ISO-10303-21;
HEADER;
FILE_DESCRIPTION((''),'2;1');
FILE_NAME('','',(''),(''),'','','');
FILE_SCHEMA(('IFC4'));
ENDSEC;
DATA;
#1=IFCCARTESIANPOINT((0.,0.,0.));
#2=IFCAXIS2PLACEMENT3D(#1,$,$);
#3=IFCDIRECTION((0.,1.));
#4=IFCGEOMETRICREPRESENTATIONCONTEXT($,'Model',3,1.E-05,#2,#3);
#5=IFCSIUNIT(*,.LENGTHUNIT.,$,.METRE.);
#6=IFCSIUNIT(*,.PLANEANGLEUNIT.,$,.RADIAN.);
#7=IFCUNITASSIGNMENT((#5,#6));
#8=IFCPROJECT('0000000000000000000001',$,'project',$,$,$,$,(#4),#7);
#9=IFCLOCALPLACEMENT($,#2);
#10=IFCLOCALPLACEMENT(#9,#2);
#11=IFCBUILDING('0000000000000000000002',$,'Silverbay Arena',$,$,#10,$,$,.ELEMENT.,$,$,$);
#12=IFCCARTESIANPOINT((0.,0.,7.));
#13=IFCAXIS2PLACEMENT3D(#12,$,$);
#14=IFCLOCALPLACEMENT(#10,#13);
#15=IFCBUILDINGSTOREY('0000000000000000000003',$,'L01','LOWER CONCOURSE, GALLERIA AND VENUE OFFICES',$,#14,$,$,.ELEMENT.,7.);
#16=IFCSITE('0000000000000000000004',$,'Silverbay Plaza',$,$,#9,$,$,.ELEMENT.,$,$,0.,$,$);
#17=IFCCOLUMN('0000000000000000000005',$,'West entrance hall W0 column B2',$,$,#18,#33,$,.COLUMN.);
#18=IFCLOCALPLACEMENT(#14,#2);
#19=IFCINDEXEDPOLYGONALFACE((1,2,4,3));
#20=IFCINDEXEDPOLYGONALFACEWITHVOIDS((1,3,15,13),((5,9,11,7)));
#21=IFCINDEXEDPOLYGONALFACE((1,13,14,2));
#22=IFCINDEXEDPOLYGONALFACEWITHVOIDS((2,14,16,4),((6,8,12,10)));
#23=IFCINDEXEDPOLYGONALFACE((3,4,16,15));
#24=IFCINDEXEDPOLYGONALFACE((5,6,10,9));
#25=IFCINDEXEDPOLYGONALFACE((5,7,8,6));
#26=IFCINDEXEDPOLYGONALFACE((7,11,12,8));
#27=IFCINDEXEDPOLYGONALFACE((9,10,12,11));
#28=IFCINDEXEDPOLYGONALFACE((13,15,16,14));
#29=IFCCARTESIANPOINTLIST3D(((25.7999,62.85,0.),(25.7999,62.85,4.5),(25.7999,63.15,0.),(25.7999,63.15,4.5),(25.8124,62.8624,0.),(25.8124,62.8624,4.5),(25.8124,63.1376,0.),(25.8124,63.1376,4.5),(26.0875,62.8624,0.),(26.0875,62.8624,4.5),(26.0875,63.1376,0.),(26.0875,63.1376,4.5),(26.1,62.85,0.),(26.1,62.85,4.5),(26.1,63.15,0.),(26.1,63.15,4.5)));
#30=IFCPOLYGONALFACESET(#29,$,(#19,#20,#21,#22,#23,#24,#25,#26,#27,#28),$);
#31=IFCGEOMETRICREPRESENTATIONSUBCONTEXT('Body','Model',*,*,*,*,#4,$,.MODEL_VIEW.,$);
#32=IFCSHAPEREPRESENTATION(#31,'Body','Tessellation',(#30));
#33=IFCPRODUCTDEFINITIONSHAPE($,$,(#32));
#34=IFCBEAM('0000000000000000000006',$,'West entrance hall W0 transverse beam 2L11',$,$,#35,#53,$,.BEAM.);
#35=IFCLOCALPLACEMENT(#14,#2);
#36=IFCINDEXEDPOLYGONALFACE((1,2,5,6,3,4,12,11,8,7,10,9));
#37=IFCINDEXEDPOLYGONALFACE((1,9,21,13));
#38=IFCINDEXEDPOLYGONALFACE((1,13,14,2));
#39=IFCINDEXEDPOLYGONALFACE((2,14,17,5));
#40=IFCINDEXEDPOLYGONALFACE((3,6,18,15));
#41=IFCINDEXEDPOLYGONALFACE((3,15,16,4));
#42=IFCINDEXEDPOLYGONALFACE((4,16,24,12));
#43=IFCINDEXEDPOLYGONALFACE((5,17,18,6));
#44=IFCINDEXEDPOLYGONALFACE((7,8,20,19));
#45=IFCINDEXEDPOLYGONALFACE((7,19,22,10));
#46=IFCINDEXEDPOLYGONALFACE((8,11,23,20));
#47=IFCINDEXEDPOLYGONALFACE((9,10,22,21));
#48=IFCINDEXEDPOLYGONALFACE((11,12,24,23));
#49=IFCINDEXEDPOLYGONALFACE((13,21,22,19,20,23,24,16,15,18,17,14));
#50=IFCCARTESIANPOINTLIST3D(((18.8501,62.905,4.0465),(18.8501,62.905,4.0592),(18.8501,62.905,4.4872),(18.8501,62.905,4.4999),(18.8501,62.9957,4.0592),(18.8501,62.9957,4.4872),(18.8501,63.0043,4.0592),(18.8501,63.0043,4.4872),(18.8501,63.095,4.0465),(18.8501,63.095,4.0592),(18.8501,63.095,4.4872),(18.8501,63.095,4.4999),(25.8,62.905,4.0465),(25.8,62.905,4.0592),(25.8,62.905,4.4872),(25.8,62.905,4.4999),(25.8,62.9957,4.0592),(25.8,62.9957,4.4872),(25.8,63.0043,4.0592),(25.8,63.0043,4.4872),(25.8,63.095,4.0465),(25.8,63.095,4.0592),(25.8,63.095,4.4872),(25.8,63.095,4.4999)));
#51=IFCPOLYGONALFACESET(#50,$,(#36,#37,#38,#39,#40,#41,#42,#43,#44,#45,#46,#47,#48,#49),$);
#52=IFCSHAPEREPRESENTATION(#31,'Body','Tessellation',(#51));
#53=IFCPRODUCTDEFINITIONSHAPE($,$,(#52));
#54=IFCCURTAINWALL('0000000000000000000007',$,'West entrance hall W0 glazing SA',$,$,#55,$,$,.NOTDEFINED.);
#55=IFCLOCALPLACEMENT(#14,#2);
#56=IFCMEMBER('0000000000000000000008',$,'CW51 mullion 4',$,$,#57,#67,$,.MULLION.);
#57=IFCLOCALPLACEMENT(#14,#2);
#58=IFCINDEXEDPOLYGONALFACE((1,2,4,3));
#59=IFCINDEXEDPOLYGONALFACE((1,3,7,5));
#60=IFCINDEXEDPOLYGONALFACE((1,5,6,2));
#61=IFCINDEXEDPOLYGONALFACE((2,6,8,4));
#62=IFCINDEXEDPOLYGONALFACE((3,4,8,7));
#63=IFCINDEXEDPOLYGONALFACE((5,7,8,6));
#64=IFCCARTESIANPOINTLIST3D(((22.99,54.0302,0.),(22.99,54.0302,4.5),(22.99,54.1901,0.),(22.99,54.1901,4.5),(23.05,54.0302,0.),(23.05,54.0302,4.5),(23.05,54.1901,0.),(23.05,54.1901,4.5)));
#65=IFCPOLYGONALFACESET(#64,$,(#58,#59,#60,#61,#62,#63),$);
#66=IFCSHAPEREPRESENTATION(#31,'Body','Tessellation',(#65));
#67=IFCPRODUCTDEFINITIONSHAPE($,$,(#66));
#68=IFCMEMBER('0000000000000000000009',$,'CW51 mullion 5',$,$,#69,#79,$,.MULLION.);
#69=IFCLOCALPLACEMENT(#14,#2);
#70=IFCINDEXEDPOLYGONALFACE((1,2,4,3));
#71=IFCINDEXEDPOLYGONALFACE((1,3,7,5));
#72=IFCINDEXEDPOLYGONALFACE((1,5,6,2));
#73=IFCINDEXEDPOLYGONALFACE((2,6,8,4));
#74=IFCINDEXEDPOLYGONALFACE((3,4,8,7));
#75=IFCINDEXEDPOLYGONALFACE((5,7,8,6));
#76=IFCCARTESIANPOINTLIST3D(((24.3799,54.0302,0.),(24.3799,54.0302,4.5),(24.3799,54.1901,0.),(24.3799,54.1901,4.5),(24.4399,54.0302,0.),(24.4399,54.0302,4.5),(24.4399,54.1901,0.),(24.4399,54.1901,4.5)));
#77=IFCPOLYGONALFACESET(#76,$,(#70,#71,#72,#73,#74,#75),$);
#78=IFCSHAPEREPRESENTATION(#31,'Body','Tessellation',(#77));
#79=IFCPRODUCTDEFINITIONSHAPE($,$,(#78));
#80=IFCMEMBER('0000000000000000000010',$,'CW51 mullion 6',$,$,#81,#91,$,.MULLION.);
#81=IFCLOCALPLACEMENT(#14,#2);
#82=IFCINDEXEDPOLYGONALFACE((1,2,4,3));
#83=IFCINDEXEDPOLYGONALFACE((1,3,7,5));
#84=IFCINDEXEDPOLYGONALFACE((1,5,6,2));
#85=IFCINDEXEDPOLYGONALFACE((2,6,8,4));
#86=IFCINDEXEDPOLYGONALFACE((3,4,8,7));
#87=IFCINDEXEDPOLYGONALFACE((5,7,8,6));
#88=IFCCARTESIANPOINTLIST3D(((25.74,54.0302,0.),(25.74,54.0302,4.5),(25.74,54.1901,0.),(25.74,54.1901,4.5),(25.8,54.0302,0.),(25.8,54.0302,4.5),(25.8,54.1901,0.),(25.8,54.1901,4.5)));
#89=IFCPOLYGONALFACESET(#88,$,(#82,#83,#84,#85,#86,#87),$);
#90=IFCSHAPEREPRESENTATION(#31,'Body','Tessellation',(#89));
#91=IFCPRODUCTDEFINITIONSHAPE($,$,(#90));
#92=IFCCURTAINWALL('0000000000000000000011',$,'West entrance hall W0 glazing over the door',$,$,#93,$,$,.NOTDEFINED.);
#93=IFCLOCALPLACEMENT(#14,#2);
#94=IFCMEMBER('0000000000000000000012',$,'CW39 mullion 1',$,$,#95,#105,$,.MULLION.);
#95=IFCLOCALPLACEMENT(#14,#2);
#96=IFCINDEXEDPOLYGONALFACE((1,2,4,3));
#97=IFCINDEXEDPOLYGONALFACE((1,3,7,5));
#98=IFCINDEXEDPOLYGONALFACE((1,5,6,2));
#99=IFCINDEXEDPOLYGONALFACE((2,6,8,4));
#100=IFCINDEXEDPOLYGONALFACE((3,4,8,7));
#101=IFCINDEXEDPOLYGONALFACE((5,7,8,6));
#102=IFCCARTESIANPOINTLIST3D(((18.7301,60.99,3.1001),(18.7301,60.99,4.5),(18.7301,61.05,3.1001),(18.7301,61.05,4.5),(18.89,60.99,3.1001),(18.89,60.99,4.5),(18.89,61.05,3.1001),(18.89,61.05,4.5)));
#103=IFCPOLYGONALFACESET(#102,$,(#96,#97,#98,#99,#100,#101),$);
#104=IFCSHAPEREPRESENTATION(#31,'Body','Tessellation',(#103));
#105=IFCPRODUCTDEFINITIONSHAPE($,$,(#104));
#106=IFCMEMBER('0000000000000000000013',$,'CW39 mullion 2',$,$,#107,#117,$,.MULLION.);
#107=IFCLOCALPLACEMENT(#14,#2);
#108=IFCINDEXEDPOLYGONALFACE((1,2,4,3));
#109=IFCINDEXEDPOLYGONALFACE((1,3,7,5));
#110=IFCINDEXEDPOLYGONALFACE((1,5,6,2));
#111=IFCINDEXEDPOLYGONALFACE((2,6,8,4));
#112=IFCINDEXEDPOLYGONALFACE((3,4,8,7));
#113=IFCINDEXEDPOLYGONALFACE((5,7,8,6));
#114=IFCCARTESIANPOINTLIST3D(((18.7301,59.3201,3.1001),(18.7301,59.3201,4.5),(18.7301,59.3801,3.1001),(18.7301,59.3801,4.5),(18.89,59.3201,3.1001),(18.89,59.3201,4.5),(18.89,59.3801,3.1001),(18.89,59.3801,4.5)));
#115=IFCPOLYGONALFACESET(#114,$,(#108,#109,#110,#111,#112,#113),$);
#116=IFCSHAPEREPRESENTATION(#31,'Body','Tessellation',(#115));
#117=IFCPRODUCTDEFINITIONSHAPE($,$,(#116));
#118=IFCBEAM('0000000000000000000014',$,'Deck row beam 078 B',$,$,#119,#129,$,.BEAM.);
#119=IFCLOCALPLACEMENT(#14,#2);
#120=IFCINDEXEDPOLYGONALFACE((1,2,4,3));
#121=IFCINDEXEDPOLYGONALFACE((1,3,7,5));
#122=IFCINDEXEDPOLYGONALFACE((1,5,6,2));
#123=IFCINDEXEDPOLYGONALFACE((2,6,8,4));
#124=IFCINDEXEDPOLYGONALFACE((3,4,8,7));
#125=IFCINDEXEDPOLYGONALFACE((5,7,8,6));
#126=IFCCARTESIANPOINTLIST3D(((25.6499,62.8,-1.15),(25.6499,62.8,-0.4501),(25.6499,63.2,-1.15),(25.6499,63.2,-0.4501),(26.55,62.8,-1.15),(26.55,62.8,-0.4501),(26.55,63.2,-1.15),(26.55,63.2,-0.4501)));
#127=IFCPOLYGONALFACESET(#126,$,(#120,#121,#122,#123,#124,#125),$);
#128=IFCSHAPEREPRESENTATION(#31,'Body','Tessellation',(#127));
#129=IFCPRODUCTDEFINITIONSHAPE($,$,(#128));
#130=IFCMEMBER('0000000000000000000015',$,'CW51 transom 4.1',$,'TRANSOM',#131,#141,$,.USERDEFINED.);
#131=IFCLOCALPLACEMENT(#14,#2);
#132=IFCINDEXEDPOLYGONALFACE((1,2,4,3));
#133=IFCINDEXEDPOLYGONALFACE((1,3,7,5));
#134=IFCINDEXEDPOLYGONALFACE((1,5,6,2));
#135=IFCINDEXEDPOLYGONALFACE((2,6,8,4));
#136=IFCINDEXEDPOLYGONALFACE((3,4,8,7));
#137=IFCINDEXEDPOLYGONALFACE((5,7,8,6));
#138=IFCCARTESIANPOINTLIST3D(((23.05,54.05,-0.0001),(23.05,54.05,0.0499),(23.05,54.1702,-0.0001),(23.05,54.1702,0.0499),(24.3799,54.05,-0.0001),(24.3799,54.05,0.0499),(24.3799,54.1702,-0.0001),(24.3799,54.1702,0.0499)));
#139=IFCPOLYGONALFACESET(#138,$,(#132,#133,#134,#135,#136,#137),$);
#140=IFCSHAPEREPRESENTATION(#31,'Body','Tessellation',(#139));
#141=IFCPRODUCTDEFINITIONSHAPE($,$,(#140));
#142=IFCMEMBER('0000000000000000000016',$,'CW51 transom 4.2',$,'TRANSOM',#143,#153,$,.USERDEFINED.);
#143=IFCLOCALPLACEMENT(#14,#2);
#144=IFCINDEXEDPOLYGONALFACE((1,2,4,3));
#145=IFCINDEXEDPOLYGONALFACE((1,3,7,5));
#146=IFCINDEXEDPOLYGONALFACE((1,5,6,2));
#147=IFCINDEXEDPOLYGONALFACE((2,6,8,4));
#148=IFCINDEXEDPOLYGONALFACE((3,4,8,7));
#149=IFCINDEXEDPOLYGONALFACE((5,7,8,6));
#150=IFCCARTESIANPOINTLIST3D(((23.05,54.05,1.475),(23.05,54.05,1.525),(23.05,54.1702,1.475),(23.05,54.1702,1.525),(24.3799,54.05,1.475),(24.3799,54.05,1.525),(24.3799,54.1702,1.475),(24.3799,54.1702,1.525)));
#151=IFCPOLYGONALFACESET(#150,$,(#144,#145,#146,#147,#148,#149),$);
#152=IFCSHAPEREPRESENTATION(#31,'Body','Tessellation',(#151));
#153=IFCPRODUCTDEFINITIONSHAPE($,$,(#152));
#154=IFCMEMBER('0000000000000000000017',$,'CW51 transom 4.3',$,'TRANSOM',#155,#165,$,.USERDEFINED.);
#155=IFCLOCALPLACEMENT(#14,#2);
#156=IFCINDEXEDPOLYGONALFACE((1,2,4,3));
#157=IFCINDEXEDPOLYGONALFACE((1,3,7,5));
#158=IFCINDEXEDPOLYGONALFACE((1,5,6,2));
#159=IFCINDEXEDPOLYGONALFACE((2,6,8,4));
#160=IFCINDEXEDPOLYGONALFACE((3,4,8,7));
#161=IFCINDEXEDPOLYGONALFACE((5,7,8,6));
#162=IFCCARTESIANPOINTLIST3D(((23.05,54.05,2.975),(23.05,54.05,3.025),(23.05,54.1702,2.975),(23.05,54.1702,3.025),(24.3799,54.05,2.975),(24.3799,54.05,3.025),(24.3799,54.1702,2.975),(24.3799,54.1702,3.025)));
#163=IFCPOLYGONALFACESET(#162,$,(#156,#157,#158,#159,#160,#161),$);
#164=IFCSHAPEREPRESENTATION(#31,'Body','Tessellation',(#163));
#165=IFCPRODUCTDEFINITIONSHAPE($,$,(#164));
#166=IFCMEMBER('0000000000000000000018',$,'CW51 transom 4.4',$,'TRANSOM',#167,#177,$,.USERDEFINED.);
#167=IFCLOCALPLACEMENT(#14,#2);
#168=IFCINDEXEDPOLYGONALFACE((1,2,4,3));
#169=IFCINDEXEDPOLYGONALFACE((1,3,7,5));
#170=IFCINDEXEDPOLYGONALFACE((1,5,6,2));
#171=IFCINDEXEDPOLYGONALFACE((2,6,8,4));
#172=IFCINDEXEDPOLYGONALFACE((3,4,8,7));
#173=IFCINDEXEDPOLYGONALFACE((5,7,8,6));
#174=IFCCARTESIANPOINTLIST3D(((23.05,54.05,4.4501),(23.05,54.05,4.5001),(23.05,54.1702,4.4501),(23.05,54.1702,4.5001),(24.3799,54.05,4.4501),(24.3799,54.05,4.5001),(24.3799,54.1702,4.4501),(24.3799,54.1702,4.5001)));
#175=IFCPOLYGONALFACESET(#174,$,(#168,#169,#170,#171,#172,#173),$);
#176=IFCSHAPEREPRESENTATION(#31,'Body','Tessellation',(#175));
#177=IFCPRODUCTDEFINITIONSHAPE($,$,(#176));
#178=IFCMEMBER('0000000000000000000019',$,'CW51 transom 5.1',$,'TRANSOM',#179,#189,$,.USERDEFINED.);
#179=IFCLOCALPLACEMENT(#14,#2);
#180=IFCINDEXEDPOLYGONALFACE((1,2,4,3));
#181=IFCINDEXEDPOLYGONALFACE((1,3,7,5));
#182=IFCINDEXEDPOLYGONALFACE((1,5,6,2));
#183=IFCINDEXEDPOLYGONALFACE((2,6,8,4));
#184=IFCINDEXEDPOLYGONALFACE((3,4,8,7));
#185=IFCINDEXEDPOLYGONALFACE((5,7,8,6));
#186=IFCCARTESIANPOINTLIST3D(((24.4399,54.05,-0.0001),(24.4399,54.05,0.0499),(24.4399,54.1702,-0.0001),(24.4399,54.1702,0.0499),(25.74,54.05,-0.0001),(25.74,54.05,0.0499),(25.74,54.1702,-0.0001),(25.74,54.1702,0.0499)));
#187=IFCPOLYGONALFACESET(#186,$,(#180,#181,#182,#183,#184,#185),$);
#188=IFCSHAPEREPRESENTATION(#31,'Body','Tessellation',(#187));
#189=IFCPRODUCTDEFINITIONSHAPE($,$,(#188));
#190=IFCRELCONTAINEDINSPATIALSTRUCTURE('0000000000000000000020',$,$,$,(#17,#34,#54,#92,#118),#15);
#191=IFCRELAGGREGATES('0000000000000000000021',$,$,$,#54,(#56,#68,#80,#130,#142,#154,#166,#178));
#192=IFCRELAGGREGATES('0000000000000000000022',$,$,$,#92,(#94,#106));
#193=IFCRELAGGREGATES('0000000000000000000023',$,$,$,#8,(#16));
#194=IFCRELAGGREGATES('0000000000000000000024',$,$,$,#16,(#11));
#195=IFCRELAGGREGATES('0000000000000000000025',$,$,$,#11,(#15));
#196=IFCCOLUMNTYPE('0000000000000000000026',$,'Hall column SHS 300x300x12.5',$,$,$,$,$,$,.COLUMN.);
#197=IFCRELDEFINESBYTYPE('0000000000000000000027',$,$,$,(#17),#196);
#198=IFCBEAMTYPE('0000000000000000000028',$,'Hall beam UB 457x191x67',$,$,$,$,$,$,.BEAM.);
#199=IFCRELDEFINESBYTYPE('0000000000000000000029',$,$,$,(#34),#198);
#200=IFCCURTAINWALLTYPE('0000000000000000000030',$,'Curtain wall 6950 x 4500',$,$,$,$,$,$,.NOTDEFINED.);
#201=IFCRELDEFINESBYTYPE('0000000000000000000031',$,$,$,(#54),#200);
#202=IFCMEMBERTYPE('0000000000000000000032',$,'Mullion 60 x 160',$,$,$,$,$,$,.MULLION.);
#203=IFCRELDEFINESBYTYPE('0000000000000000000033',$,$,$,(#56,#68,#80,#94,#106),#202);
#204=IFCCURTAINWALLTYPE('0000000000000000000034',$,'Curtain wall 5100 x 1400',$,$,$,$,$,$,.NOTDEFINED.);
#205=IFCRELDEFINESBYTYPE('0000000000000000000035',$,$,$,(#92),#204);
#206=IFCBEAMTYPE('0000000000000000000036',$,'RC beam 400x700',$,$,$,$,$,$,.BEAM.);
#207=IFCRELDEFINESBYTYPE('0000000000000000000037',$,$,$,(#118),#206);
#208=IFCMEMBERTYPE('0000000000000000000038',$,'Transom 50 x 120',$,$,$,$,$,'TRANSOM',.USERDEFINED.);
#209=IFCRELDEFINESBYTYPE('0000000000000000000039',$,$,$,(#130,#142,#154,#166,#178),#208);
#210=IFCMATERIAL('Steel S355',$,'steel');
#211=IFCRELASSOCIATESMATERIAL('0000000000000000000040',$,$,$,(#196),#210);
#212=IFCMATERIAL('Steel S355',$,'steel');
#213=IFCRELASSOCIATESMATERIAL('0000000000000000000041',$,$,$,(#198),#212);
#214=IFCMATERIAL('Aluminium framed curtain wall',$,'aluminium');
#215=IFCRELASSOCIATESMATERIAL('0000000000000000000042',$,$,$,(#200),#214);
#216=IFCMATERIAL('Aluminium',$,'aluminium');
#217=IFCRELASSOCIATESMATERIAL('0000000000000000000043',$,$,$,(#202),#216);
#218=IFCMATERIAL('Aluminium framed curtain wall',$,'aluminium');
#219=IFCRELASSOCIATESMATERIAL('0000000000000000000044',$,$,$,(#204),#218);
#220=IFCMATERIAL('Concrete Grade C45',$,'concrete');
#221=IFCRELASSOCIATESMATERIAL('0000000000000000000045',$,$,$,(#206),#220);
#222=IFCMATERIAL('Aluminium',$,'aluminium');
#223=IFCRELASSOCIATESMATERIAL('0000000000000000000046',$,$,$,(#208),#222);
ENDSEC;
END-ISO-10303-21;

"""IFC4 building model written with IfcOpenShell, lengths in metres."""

from ifc_helpers import new_model, si_unit, direction, frame, origin, origin_2d, place, context, subcontext, project, spatial, rectangle, hollow_rectangle, i_section, extrude, material, material_profile, profile_set, type_object, element, aggregate, save


model = new_model("IFC4")

# Units and contexts
model_context = context("Model", 3, precision=1e-05, world=origin(), true_north=direction((0.0, 1.0)))
body_context = subcontext(model_context, "Body", "Model", "MODEL_VIEW")
ifc_project = project(units=[si_unit("LENGTHUNIT", "METRE"), si_unit("PLANEANGLEUNIT", "RADIAN")], contexts=[model_context])

# Site, building, storey
site_placement = place(None, origin())
site = spatial("IfcSite", under=ifc_project, at=site_placement, Name="Silverbay Plaza", CompositionType="ELEMENT", RefElevation=0.0)
building_placement = place(site_placement, origin())
building = spatial("IfcBuilding", under=site, at=building_placement, Name="Silverbay Arena", CompositionType="ELEMENT")
storey_placement = place(building_placement, frame((0.0, 0.0, 7.0)))
storey = spatial("IfcBuildingStorey", under=building, at=storey_placement, Name="L01", Description="LOWER CONCOURSE, GALLERIA AND VENUE OFFICES", CompositionType="ELEMENT", Elevation=7.0)

# Column
ifc_material_1 = material(Name="Steel S355", Category="steel")
ifc_material_profile_1 = material_profile(ifc_material_1, hollow_rectangle(XDim=0.3, YDim=0.3, WallThickness=0.0125, at=origin_2d()), Name="SHS 300x300x12.5")
ifc_profile_set_1 = profile_set([ifc_material_profile_1], Name="Steel S355")
column_type = type_object("IfcColumnType", Name="Hall column SHS 300x300x12.5", PredefinedType="COLUMN", material=ifc_profile_set_1)
column_placement = place(storey_placement, frame((25.95, 63.0, 0.0), z_axis=(0.0, 0.0, 1.0), x_axis=(1.0, 0.0, 0.0)))
element("IfcColumn", 1, at=column_placement, inside=storey, type_object=column_type, Name="West entrance hall W0 column B2", PredefinedType="COLUMN", context=body_context, shape_type="SweptSolid", body=[
    extrude(hollow_rectangle(XDim=0.3, YDim=0.3, WallThickness=0.0125, at=origin_2d()), origin(), (0.0, 0.0, 1.0), 4.5),
])

# Beam
ifc_material_2 = material(Name="Steel S355", Category="steel")
ifc_material_profile_2 = material_profile(ifc_material_2, i_section(OverallWidth=0.1899, OverallDepth=0.4534, WebThickness=0.0085, FlangeThickness=0.0127, at=origin_2d()), Name="UB 457x191x67")
ifc_profile_set_2 = profile_set([ifc_material_profile_2], Name="Steel S355")
beam_type_1 = type_object("IfcBeamType", Name="Hall beam UB 457x191x67", PredefinedType="BEAM", material=ifc_profile_set_2)
beam_1_placement = place(storey_placement, frame((25.8, 63.0, 4.2732), z_axis=(-1.0, 0.0, 0.0), x_axis=(0.0, -1.0, 0.0)))
element("IfcBeam", 2, at=beam_1_placement, inside=storey, type_object=beam_type_1, Name="West entrance hall W0 transverse beam 2L11", PredefinedType="BEAM", context=body_context, shape_type="SweptSolid", body=[
    extrude(i_section(OverallWidth=0.1899, OverallDepth=0.4534, WebThickness=0.0085, FlangeThickness=0.0127, at=origin_2d()), origin(), (0.0, 0.0, 1.0), 6.95),
])

# Curtain walls, members
ifc_material_3 = material(Name="Aluminium framed curtain wall", Category="aluminium")
curtain_wall_type_1 = type_object("IfcCurtainWallType", Name="Curtain wall 6950 x 4500", PredefinedType="NOTDEFINED", material=ifc_material_3)
curtain_wall_1_placement = place(storey_placement, origin())
curtain_wall_1 = element("IfcCurtainWall", 3, at=curtain_wall_1_placement, inside=storey, type_object=curtain_wall_type_1, Name="West entrance hall W0 glazing SA", PredefinedType="NOTDEFINED")
ifc_material_4 = material(Name="Aluminium", Category="aluminium")
ifc_material_profile_3 = material_profile(ifc_material_4, rectangle(XDim=0.1599, YDim=0.0601, at=origin_2d()), Name="Mullion 60 x 160")
ifc_profile_set_3 = profile_set([ifc_material_profile_3], Name="Aluminium")
member_type_1 = type_object("IfcMemberType", Name="Mullion 60 x 160", PredefinedType="MULLION", material=ifc_profile_set_3)
member_1_placement = place(storey_placement, frame((23.02, 54.1101, 0.0), z_axis=(0.0, 0.0, 1.0), x_axis=(0.0, 1.0, 0.0)))
member_1 = element("IfcMember", 4, at=member_1_placement, type_object=member_type_1, Name="CW51 mullion 4", PredefinedType="MULLION", context=body_context, shape_type="SweptSolid", body=[
    extrude(rectangle(XDim=0.1599, YDim=0.0601, at=origin_2d()), origin(), (0.0, 0.0, 1.0), 4.5),
])
member_2_placement = place(storey_placement, frame((24.4099, 54.1101, 0.0), z_axis=(0.0, 0.0, 1.0), x_axis=(0.0, 1.0, 0.0)))
member_2 = element("IfcMember", 5, at=member_2_placement, type_object=member_type_1, Name="CW51 mullion 5", PredefinedType="MULLION", context=body_context, shape_type="SweptSolid", body=[
    extrude(rectangle(XDim=0.1599, YDim=0.0601, at=origin_2d()), origin(), (0.0, 0.0, 1.0), 4.5),
])
member_3_placement = place(storey_placement, frame((25.77, 54.1101, 0.0), z_axis=(0.0, 0.0, 1.0), x_axis=(0.0, 1.0, 0.0)))
member_3 = element("IfcMember", 6, at=member_3_placement, type_object=member_type_1, Name="CW51 mullion 6", PredefinedType="MULLION", context=body_context, shape_type="SweptSolid", body=[
    extrude(rectangle(XDim=0.1599, YDim=0.0601, at=origin_2d()), origin(), (0.0, 0.0, 1.0), 4.5),
])
ifc_material_5 = material(Name="Aluminium framed curtain wall", Category="aluminium")
curtain_wall_type_2 = type_object("IfcCurtainWallType", Name="Curtain wall 5100 x 1400", PredefinedType="NOTDEFINED", material=ifc_material_5)
curtain_wall_2_placement = place(storey_placement, origin())
curtain_wall_2 = element("IfcCurtainWall", 7, at=curtain_wall_2_placement, inside=storey, type_object=curtain_wall_type_2, Name="West entrance hall W0 glazing over the door", PredefinedType="NOTDEFINED")
member_4_placement = place(storey_placement, frame((18.8101, 61.02, 3.1001), z_axis=(0.0, 0.0, 1.0), x_axis=(1.0, 0.0, 0.0)))
member_4 = element("IfcMember", 8, at=member_4_placement, type_object=member_type_1, Name="CW39 mullion 1", PredefinedType="MULLION", context=body_context, shape_type="SweptSolid", body=[
    extrude(rectangle(XDim=0.1599, YDim=0.0601, at=origin_2d()), origin(), (0.0, 0.0, 1.0), 1.3999),
])
member_5_placement = place(storey_placement, frame((18.8101, 59.3501, 3.1001), z_axis=(0.0, 0.0, 1.0), x_axis=(1.0, 0.0, 0.0)))
member_5 = element("IfcMember", 9, at=member_5_placement, type_object=member_type_1, Name="CW39 mullion 2", PredefinedType="MULLION", context=body_context, shape_type="SweptSolid", body=[
    extrude(rectangle(XDim=0.1599, YDim=0.0601, at=origin_2d()), origin(), (0.0, 0.0, 1.0), 1.3999),
])

# Beam
ifc_material_6 = material(Name="Concrete Grade C45", Category="concrete")
ifc_material_profile_4 = material_profile(ifc_material_6, rectangle(XDim=0.3999, YDim=0.7, at=origin_2d()), Name="RC 400x700")
ifc_profile_set_4 = profile_set([ifc_material_profile_4], Name="Concrete Grade C45")
beam_type_2 = type_object("IfcBeamType", Name="RC beam 400x700", PredefinedType="BEAM", material=ifc_profile_set_4)
beam_2_placement = place(storey_placement, frame((25.6499, 63.0, -0.8), z_axis=(1.0, 0.0, 0.0), x_axis=(0.0, 1.0, 0.0)))
element("IfcBeam", 10, at=beam_2_placement, inside=storey, type_object=beam_type_2, Name="Deck row beam 078 B", PredefinedType="BEAM", context=body_context, shape_type="SweptSolid", body=[
    extrude(rectangle(XDim=0.3999, YDim=0.7, at=origin_2d()), origin(), (0.0, 0.0, 1.0), 0.9001),
])

# Members
ifc_material_7 = material(Name="Aluminium", Category="aluminium")
ifc_material_profile_5 = material_profile(ifc_material_7, rectangle(XDim=0.1201, YDim=0.05, at=origin_2d()), Name="Transom 50 x 120")
ifc_profile_set_5 = profile_set([ifc_material_profile_5], Name="Aluminium")
member_type_2 = type_object("IfcMemberType", Name="Transom 50 x 120", ElementType="TRANSOM", PredefinedType="USERDEFINED", material=ifc_profile_set_5)
member_6_placement = place(storey_placement, frame((23.05, 54.1101, 0.0249), z_axis=(1.0, 0.0, 0.0), x_axis=(0.0, 1.0, 0.0)))
member_6 = element("IfcMember", 11, at=member_6_placement, type_object=member_type_2, Name="CW51 transom 4.1", ObjectType="TRANSOM", PredefinedType="USERDEFINED", context=body_context, shape_type="SweptSolid", body=[
    extrude(rectangle(XDim=0.1201, YDim=0.05, at=origin_2d()), origin(), (0.0, 0.0, 1.0), 1.3298),
])
member_7_placement = place(storey_placement, frame((23.05, 54.1101, 1.5), z_axis=(1.0, 0.0, 0.0), x_axis=(0.0, 1.0, 0.0)))
member_7 = element("IfcMember", 12, at=member_7_placement, type_object=member_type_2, Name="CW51 transom 4.2", ObjectType="TRANSOM", PredefinedType="USERDEFINED", context=body_context, shape_type="SweptSolid", body=[
    extrude(rectangle(XDim=0.1201, YDim=0.05, at=origin_2d()), origin(), (0.0, 0.0, 1.0), 1.3298),
])
member_8_placement = place(storey_placement, frame((23.05, 54.1101, 3.0), z_axis=(1.0, 0.0, 0.0), x_axis=(0.0, 1.0, 0.0)))
member_8 = element("IfcMember", 13, at=member_8_placement, type_object=member_type_2, Name="CW51 transom 4.3", ObjectType="TRANSOM", PredefinedType="USERDEFINED", context=body_context, shape_type="SweptSolid", body=[
    extrude(rectangle(XDim=0.1201, YDim=0.05, at=origin_2d()), origin(), (0.0, 0.0, 1.0), 1.3298),
])
member_9_placement = place(storey_placement, frame((23.05, 54.1101, 4.4751), z_axis=(1.0, 0.0, 0.0), x_axis=(0.0, 1.0, 0.0)))
member_9 = element("IfcMember", 14, at=member_9_placement, type_object=member_type_2, Name="CW51 transom 4.4", ObjectType="TRANSOM", PredefinedType="USERDEFINED", context=body_context, shape_type="SweptSolid", body=[
    extrude(rectangle(XDim=0.1201, YDim=0.05, at=origin_2d()), origin(), (0.0, 0.0, 1.0), 1.3298),
])
member_10_placement = place(storey_placement, frame((24.4399, 54.1101, 0.0249), z_axis=(1.0, 0.0, 0.0), x_axis=(0.0, 1.0, 0.0)))
member_10 = element("IfcMember", 15, at=member_10_placement, type_object=member_type_2, Name="CW51 transom 5.1", ObjectType="TRANSOM", PredefinedType="USERDEFINED", context=body_context, shape_type="SweptSolid", body=[
    extrude(rectangle(XDim=0.1201, YDim=0.05, at=origin_2d()), origin(), (0.0, 0.0, 1.0), 1.3),
])

aggregate(curtain_wall_1, [member_1, member_2, member_3, member_6, member_7, member_8, member_9, member_10])
aggregate(curtain_wall_2, [member_4, member_5])

save(model, "model.ifc")
